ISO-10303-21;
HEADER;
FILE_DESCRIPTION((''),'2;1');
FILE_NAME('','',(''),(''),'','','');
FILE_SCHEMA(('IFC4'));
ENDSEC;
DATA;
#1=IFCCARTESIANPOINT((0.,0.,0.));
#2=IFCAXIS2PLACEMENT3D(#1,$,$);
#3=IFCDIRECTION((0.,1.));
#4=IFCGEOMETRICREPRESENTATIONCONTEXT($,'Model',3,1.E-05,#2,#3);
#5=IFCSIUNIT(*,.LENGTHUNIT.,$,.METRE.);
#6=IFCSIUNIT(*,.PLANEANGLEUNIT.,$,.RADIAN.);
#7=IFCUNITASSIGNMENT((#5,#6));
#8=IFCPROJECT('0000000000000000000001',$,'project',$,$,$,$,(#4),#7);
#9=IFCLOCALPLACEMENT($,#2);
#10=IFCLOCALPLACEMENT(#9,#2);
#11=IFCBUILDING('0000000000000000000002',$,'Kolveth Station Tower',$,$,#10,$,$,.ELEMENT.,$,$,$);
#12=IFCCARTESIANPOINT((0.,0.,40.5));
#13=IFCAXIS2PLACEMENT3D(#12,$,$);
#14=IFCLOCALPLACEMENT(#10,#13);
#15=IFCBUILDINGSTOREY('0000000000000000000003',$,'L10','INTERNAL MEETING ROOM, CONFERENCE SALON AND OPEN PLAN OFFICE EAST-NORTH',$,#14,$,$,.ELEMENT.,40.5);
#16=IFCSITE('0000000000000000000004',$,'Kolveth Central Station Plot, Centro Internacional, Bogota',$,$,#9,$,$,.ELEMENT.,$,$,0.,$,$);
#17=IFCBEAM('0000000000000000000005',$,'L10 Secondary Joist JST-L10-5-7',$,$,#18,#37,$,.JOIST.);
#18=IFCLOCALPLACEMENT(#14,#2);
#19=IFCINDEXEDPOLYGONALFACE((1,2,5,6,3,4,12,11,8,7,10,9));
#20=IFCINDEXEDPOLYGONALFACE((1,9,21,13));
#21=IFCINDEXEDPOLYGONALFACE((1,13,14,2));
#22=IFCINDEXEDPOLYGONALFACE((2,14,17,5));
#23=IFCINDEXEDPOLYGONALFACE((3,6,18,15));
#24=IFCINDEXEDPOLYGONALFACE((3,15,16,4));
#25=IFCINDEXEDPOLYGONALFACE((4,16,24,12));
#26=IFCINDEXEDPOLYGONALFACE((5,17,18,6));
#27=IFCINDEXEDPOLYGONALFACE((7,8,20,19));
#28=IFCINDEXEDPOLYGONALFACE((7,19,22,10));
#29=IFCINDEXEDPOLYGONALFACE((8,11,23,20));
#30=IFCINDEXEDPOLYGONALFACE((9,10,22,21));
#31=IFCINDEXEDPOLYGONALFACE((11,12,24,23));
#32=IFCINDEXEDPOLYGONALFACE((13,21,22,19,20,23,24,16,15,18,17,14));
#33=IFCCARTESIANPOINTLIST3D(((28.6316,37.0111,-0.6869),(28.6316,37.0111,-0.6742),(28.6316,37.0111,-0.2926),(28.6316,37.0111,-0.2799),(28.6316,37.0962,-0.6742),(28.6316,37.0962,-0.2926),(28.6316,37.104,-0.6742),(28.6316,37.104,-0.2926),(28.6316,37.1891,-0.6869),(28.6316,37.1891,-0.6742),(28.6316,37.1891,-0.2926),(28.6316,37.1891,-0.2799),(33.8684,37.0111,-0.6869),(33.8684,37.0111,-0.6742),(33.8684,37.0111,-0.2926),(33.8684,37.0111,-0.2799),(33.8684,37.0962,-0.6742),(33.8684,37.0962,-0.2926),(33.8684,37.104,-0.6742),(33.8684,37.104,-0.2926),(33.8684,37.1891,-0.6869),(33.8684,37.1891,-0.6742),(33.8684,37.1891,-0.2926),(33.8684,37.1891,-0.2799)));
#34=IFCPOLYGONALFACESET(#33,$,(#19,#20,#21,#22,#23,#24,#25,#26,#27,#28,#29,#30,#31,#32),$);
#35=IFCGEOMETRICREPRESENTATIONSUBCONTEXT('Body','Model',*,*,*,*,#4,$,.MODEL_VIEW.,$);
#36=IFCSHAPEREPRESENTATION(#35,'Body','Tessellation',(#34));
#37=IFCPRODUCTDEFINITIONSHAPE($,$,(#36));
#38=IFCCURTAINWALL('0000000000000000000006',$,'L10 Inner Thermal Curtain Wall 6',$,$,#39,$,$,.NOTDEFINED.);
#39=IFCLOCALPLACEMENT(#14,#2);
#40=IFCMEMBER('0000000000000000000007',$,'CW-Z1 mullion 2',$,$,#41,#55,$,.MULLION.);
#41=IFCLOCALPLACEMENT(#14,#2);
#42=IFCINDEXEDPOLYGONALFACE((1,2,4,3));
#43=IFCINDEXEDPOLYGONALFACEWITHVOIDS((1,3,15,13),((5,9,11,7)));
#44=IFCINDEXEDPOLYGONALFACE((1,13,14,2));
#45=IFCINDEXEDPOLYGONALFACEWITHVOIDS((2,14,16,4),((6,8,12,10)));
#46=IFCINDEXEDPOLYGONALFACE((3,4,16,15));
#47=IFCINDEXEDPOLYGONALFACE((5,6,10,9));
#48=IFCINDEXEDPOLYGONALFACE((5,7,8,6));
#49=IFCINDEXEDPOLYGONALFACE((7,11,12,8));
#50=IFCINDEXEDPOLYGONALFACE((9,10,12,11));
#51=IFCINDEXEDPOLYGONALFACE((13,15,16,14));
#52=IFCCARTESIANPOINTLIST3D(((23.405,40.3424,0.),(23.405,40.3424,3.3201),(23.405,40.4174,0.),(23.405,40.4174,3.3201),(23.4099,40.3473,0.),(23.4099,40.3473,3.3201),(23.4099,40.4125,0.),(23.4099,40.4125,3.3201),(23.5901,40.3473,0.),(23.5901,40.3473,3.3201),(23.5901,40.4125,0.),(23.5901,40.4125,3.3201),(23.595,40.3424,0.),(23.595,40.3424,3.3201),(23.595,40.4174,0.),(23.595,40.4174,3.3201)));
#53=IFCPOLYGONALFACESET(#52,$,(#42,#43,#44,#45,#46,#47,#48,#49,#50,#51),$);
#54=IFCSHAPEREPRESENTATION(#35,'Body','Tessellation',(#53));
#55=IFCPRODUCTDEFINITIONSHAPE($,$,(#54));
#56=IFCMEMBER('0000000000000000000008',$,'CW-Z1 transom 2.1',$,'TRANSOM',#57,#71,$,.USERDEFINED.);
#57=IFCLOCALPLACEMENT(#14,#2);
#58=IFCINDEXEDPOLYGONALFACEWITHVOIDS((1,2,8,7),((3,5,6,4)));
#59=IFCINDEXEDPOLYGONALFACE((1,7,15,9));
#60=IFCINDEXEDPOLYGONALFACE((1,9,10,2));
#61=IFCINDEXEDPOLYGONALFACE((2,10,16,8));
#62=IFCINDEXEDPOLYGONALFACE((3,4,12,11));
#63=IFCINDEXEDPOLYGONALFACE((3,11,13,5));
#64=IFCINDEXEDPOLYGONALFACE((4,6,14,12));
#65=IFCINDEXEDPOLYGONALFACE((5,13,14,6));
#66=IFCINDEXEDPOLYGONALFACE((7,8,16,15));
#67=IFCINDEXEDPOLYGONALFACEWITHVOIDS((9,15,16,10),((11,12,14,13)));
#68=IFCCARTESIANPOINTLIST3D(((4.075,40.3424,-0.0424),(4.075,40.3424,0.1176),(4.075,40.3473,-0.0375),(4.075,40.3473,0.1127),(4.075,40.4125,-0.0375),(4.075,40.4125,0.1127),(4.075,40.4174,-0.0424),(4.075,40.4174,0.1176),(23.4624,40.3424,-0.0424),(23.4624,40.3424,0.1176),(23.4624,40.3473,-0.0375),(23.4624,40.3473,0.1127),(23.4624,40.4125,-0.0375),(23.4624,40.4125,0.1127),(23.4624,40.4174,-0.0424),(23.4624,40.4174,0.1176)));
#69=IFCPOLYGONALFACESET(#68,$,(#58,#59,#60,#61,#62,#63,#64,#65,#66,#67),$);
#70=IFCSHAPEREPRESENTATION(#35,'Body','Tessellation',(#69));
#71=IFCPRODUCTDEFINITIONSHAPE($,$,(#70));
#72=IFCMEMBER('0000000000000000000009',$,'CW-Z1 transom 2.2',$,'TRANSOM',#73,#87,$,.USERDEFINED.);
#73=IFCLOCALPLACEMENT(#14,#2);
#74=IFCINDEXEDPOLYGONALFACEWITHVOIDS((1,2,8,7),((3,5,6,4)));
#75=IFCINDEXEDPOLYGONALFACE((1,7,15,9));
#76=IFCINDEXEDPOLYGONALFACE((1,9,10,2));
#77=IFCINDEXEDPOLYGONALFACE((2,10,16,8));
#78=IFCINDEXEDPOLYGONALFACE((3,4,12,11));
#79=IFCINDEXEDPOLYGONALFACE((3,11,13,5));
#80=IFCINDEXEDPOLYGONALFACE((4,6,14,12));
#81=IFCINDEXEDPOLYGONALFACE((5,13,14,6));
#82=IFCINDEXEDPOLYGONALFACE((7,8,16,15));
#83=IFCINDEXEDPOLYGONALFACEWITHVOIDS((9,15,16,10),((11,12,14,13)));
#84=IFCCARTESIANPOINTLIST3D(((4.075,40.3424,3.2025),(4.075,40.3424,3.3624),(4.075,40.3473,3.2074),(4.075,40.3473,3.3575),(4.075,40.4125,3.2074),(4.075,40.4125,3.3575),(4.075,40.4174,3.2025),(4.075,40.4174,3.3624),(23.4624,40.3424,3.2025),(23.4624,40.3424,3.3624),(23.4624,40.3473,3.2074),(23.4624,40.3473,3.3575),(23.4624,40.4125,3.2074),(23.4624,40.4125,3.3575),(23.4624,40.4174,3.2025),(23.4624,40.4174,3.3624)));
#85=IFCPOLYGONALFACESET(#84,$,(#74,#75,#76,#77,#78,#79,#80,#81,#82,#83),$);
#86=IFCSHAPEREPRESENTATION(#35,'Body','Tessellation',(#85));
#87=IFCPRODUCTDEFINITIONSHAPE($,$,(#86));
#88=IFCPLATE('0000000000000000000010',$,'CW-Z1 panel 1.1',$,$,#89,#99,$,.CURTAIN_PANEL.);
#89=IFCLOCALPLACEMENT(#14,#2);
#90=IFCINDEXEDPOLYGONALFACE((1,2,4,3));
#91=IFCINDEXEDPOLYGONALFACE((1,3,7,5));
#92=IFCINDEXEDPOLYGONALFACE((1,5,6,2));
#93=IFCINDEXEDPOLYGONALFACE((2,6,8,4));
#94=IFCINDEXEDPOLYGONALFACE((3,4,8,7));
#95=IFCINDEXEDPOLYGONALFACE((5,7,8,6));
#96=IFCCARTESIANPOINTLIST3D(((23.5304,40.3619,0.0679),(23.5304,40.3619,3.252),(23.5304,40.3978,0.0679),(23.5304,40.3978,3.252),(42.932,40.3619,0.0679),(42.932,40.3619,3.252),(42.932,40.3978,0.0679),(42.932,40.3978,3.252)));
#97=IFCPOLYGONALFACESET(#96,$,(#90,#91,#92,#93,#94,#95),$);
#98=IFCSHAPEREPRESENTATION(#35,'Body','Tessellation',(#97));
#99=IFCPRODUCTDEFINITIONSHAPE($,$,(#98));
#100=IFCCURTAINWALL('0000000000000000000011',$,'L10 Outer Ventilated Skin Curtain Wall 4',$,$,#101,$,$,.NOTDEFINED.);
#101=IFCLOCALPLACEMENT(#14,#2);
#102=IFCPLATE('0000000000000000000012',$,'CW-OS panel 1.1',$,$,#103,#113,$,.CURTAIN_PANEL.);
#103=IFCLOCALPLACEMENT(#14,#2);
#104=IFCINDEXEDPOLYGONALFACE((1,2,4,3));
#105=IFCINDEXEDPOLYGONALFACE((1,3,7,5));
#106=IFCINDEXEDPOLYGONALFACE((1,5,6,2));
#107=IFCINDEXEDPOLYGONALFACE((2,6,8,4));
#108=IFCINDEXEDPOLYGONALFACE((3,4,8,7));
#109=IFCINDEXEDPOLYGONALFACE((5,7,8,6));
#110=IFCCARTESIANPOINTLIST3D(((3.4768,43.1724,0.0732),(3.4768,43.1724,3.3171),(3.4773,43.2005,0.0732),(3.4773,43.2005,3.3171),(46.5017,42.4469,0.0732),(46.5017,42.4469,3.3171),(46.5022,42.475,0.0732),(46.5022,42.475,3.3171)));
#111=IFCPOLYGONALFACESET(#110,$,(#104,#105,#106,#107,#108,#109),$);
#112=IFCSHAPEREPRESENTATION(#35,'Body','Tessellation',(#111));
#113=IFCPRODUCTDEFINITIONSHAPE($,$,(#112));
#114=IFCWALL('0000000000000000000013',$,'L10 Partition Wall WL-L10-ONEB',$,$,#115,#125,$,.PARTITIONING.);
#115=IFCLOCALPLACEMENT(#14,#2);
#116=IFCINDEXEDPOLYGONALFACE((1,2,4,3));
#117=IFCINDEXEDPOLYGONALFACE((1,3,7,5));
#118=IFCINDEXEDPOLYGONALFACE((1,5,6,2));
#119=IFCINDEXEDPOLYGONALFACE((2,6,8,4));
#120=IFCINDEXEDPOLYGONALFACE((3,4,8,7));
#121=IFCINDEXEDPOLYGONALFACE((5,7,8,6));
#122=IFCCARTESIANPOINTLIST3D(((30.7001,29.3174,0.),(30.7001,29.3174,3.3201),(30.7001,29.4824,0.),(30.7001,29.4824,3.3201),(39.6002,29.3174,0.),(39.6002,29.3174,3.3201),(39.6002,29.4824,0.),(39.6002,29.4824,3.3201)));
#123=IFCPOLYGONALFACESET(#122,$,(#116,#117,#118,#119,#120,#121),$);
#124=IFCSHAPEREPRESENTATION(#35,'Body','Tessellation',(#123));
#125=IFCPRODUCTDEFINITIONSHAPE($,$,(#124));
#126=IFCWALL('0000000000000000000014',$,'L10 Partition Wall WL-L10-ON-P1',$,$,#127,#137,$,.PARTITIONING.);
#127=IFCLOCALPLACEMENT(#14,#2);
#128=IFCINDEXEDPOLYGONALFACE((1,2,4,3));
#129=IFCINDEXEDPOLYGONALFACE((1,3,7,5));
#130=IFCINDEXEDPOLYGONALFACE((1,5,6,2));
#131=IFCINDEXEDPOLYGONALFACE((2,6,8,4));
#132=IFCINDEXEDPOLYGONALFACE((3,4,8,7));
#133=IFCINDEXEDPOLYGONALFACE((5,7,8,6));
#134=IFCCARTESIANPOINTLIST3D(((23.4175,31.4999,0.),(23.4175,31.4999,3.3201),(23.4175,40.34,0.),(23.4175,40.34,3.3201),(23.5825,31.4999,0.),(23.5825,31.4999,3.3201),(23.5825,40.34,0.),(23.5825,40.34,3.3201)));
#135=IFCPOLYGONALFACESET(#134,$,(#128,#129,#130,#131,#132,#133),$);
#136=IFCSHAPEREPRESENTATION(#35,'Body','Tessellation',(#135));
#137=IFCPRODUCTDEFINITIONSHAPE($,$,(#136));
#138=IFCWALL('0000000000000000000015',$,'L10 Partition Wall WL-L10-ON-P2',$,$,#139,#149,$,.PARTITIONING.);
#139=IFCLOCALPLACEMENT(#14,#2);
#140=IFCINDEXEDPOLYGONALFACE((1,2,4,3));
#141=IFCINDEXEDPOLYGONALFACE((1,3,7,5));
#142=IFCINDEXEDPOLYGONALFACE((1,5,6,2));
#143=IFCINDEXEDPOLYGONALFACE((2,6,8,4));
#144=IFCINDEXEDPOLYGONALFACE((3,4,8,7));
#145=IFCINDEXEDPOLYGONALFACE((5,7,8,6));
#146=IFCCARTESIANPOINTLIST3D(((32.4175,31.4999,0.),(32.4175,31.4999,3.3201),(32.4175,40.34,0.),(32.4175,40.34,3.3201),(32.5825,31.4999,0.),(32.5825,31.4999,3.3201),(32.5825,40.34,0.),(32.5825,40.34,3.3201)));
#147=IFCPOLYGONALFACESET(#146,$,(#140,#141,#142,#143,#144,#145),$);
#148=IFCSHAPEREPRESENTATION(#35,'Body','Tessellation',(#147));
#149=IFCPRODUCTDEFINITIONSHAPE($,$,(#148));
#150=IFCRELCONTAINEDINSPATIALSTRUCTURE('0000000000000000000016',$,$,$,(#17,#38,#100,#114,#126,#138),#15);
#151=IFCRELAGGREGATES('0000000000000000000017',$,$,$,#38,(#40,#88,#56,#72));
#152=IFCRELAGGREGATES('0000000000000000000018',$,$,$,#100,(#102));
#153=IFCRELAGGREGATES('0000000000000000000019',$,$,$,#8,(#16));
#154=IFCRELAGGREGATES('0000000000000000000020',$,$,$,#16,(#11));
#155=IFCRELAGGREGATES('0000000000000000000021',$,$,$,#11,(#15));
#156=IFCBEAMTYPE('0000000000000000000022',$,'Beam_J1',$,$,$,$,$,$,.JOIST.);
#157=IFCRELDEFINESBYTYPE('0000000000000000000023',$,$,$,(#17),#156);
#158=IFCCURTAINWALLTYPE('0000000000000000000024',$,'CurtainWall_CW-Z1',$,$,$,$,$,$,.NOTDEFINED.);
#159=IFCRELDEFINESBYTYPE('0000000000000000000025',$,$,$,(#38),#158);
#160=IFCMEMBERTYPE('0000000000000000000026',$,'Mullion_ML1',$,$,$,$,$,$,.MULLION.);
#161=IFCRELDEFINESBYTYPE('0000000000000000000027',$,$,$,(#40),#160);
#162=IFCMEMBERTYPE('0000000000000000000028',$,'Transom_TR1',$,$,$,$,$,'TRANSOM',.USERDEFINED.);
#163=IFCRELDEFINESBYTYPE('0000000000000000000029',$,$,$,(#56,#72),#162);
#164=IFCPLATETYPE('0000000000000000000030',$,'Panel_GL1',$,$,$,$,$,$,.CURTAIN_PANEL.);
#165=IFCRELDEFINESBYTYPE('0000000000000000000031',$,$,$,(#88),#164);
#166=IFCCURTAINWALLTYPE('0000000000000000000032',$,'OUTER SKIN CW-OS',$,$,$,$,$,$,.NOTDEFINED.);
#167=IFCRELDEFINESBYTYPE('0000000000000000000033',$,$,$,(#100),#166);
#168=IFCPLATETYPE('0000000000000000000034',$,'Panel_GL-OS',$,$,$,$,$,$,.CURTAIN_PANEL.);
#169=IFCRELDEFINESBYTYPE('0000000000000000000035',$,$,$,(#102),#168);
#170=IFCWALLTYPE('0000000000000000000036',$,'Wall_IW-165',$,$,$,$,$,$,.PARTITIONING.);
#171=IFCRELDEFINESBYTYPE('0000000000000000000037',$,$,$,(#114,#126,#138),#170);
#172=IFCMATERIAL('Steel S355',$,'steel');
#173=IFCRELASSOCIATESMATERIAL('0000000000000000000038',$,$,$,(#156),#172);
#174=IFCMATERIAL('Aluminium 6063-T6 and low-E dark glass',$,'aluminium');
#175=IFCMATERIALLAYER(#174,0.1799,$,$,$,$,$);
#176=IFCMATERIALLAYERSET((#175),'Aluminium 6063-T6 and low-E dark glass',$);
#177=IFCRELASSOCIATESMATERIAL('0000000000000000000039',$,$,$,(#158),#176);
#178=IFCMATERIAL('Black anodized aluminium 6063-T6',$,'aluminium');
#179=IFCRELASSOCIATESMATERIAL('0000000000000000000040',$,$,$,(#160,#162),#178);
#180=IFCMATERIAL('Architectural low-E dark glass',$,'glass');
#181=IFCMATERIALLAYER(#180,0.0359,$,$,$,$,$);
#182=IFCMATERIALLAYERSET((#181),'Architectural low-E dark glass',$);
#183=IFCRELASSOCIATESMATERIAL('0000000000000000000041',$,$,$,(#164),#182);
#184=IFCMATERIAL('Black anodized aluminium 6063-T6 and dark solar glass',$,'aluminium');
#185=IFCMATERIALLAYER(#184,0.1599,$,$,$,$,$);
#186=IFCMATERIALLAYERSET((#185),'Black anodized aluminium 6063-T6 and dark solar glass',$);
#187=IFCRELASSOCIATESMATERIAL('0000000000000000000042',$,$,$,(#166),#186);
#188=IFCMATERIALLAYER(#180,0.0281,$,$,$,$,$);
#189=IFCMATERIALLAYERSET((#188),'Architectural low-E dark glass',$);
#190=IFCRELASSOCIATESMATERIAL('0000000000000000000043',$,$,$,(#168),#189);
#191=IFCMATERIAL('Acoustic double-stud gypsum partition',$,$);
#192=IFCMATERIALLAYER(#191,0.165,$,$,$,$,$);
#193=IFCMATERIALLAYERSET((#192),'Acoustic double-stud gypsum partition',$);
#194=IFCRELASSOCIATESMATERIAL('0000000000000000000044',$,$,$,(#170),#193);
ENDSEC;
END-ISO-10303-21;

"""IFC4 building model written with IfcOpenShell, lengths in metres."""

from ifc_helpers import new_model, si_unit, direction, frame, frame_2d, origin, origin_2d, place, context, subcontext, project, spatial, rectangle, hollow_rectangle, i_section, extrude, source, transform, mapped, material, layer, layer_set, material_profile, profile_set, type_object, element, aggregate, save


model = new_model("IFC4")

# Units and contexts
model_context = context("Model", 3, precision=1e-05, world=origin(), true_north=direction((0.0, 1.0)))
body_context = subcontext(model_context, "Body", "Model", "MODEL_VIEW")
ifc_project = project(units=[si_unit("LENGTHUNIT", "METRE"), si_unit("PLANEANGLEUNIT", "RADIAN")], contexts=[model_context])

# Site, building, storey
site_placement = place(None, origin())
site = spatial("IfcSite", under=ifc_project, at=site_placement, Name="Kolveth Central Station Plot, Centro Internacional, Bogota", CompositionType="ELEMENT", RefElevation=0.0)
building_placement = place(site_placement, origin())
building = spatial("IfcBuilding", under=site, at=building_placement, Name="Kolveth Station Tower", CompositionType="ELEMENT")
storey_placement = place(building_placement, frame((0.0, 0.0, 40.5)))
storey = spatial("IfcBuildingStorey", under=building, at=storey_placement, Name="L10", Description="INTERNAL MEETING ROOM, CONFERENCE SALON AND OPEN PLAN OFFICE EAST-NORTH", CompositionType="ELEMENT", Elevation=40.5)

# Shared definitions
ifc_material_1 = material(Name="Steel S355", Category="steel")

# Beam
ifc_material_profile_1 = material_profile(ifc_material_1, i_section(OverallWidth=0.178, OverallDepth=0.407, WebThickness=0.0078, FlangeThickness=0.0127, at=origin_2d()), Name="W410x60")
ifc_profile_set_1 = profile_set([ifc_material_profile_1], Name="Steel S355")
beam_type_1 = type_object("IfcBeamType", Name="Beam_J1", PredefinedType="JOIST", material=ifc_profile_set_1)
shared_shape_1 = source(origin(), body_context, "Body", "SweptSolid", [
    extrude(i_section(OverallWidth=0.178, OverallDepth=0.407, WebThickness=0.0078, FlangeThickness=0.0127, at=origin_2d()), origin(), (0.0, 0.0, 1.0), 5.2368),
])
for number, where, z_axis, x_axis, name in (
    (1, (28.6316, 37.1001, -0.4834), (1.0, 0.0, 0.0), (0.0, 1.0, 0.0), "L10 Secondary Joist JST-L10-5-7"),
):
    element("IfcBeam", number, at=place(storey_placement, frame(where, z_axis=z_axis, x_axis=x_axis)), inside=storey, type_object=beam_type_1, Name=name, PredefinedType="JOIST", context=body_context, shape_type="MappedRepresentation", body=[
        mapped(shared_shape_1, transform((0.0, 0.0, 0.0), x_axis=(1.0, 0.0, 0.0), y_axis=(0.0, 1.0, 0.0), z_axis=(0.0, 0.0, 1.0), scale=1.0)),
    ])

# Curtain wall, members, plate
ifc_material_2 = material(Name="Aluminium 6063-T6 and low-E dark glass", Category="aluminium")
ifc_layer_1 = layer(ifc_material_2, 0.1799)
ifc_layer_set_1 = layer_set([ifc_layer_1], Name="Aluminium 6063-T6 and low-E dark glass")
curtain_wall_type_1 = type_object("IfcCurtainWallType", Name="CurtainWall_CW-Z1", PredefinedType="NOTDEFINED", material=ifc_layer_set_1)
curtain_wall_1_placement = place(storey_placement, origin())
curtain_wall_1 = element("IfcCurtainWall", 2, at=curtain_wall_1_placement, inside=storey, type_object=curtain_wall_type_1, Name="L10 Inner Thermal Curtain Wall 6", PredefinedType="NOTDEFINED")
ifc_material_3 = material(Name="Black anodized aluminium 6063-T6", Category="aluminium")
ifc_material_profile_2 = material_profile(ifc_material_3, hollow_rectangle(XDim=0.075, YDim=0.1899, WallThickness=0.0049, at=origin_2d()), Name="ALU-75x190x5")
ifc_profile_set_2 = profile_set([ifc_material_profile_2], Name="Black anodized aluminium 6063-T6")
member_type_1 = type_object("IfcMemberType", Name="Mullion_ML1", PredefinedType="MULLION", material=ifc_profile_set_2)
shared_shape_2 = source(origin(), body_context, "Body", "SweptSolid", [
    extrude(hollow_rectangle(XDim=0.075, YDim=0.1899, WallThickness=0.0049, at=origin_2d()), origin(), (0.0, 0.0, 1.0), 3.3201),
])
member_1_placement = place(storey_placement, frame((23.5, 40.3799, 0.0), z_axis=(0.0, 0.0, 1.0), x_axis=(0.0, -1.0, 0.0)))
member_1 = element("IfcMember", 3, at=member_1_placement, type_object=member_type_1, Name="CW-Z1 mullion 2", PredefinedType="MULLION", context=body_context, shape_type="MappedRepresentation", body=[
    mapped(shared_shape_2, transform((0.0, 0.0, 0.0), x_axis=(1.0, 0.0, 0.0), y_axis=(0.0, 1.0, 0.0), z_axis=(0.0, 0.0, 1.0), scale=1.0)),
])
ifc_material_profile_3 = material_profile(ifc_material_3, hollow_rectangle(XDim=0.075, YDim=0.1599, WallThickness=0.0049, at=origin_2d()), Name="ALU-75x160x5")
ifc_profile_set_3 = profile_set([ifc_material_profile_3], Name="Black anodized aluminium 6063-T6")
member_type_2 = type_object("IfcMemberType", Name="Transom_TR1", ElementType="TRANSOM", PredefinedType="USERDEFINED", material=ifc_profile_set_3)
shared_shape_3 = source(origin(), body_context, "Body", "SweptSolid", [
    extrude(hollow_rectangle(XDim=0.075, YDim=0.1599, WallThickness=0.0049, at=origin_2d()), origin(), (0.0, 0.0, 1.0), 19.3875),
])
member_2_placement = place(storey_placement, frame((23.4624, 40.3799, 0.0376), z_axis=(-1.0, 0.0, 0.0), x_axis=(0.0, -1.0, 0.0)))
member_2 = element("IfcMember", 4, at=member_2_placement, type_object=member_type_2, Name="CW-Z1 transom 2.1", ObjectType="TRANSOM", PredefinedType="USERDEFINED", context=body_context, shape_type="MappedRepresentation", body=[
    mapped(shared_shape_3, transform((0.0, 0.0, 0.0), x_axis=(1.0, 0.0, 0.0), y_axis=(0.0, 1.0, 0.0), z_axis=(0.0, 0.0, 1.0), scale=1.0)),
])
member_3_placement = place(storey_placement, frame((23.4624, 40.3799, 3.2825), z_axis=(-1.0, 0.0, 0.0), x_axis=(0.0, -1.0, 0.0)))
member_3 = element("IfcMember", 5, at=member_3_placement, type_object=member_type_2, Name="CW-Z1 transom 2.2", ObjectType="TRANSOM", PredefinedType="USERDEFINED", context=body_context, shape_type="MappedRepresentation", body=[
    mapped(shared_shape_3, transform((0.0, 0.0, 0.0), x_axis=(1.0, 0.0, 0.0), y_axis=(0.0, 1.0, 0.0), z_axis=(0.0, 0.0, 1.0), scale=1.0)),
])
ifc_material_4 = material(Name="Architectural low-E dark glass", Category="glass")
ifc_layer_2 = layer(ifc_material_4, 0.0359)
ifc_layer_set_2 = layer_set([ifc_layer_2], Name="Architectural low-E dark glass")
plate_type_1 = type_object("IfcPlateType", Name="Panel_GL1", PredefinedType="CURTAIN_PANEL", material=ifc_layer_set_2)
shared_shape_4 = source(origin(), body_context, "Body", "SweptSolid", [
    extrude(rectangle(XDim=19.4016, YDim=0.0359, at=origin_2d()), origin(), (0.0, 0.0, 1.0), 3.1841),
])
plate_1_placement = place(storey_placement, frame((33.2312, 40.3799, 0.0679), z_axis=(0.0, 0.0, 1.0), x_axis=(-1.0, 0.0, 0.0)))
plate_1 = element("IfcPlate", 6, at=plate_1_placement, type_object=plate_type_1, Name="CW-Z1 panel 1.1", PredefinedType="CURTAIN_PANEL", context=body_context, shape_type="MappedRepresentation", body=[
    mapped(shared_shape_4, transform((0.0, 0.0, 0.0), x_axis=(1.0, 0.0, 0.0), y_axis=(0.0, 1.0, 0.0), z_axis=(0.0, 0.0, 1.0), scale=1.0)),
])
aggregate(curtain_wall_1, [member_1, plate_1, member_2, member_3])

# Curtain wall, plate
ifc_material_5 = material(Name="Black anodized aluminium 6063-T6 and dark solar glass", Category="aluminium")
ifc_layer_3 = layer(ifc_material_5, 0.1599)
ifc_layer_set_3 = layer_set([ifc_layer_3], Name="Black anodized aluminium 6063-T6 and dark solar glass")
curtain_wall_type_2 = type_object("IfcCurtainWallType", Name="OUTER SKIN CW-OS", PredefinedType="NOTDEFINED", material=ifc_layer_set_3)
curtain_wall_2_placement = place(storey_placement, origin())
curtain_wall_2 = element("IfcCurtainWall", 7, at=curtain_wall_2_placement, inside=storey, type_object=curtain_wall_type_2, Name="L10 Outer Ventilated Skin Curtain Wall 4", PredefinedType="NOTDEFINED")
ifc_layer_4 = layer(ifc_material_4, 0.0281)
ifc_layer_set_4 = layer_set([ifc_layer_4], Name="Architectural low-E dark glass")
plate_type_2 = type_object("IfcPlateType", Name="Panel_GL-OS", PredefinedType="CURTAIN_PANEL", material=ifc_layer_set_4)
shared_shape_5 = source(origin(), body_context, "Body", "SweptSolid", [
    extrude(rectangle(XDim=43.031, YDim=0.0281, at=origin_2d()), origin(), (0.0, 0.0, 1.0), 3.2439),
])
plate_2_placement = place(storey_placement, frame((24.9895, 42.8237, 0.0732), z_axis=(0.0, 0.0, 1.0), x_axis=(-0.999858, 0.01686, 0.0)))
plate_2 = element("IfcPlate", 8, at=plate_2_placement, type_object=plate_type_2, Name="CW-OS panel 1.1", PredefinedType="CURTAIN_PANEL", context=body_context, shape_type="MappedRepresentation", body=[
    mapped(shared_shape_5, transform((0.0, 0.0, 0.0), x_axis=(1.0, 0.0, 0.0), y_axis=(0.0, 1.0, 0.0), z_axis=(0.0, 0.0, 1.0), scale=1.0)),
])
aggregate(curtain_wall_2, [plate_2])

# Walls
ifc_material_6 = material(Name="Acoustic double-stud gypsum partition")
ifc_layer_5 = layer(ifc_material_6, 0.165)
ifc_layer_set_5 = layer_set([ifc_layer_5], Name="Acoustic double-stud gypsum partition")
wall_type = type_object("IfcWallType", Name="Wall_IW-165", PredefinedType="PARTITIONING", material=ifc_layer_set_5)
wall_placement = place(storey_placement, frame((30.7, 29.3999, 0.0), z_axis=(0.0, 0.0, 1.0), x_axis=(1.0, 0.0, 0.0)))
element("IfcWall", 9, at=wall_placement, inside=storey, type_object=wall_type, Name="L10 Partition Wall WL-L10-ONEB", PredefinedType="PARTITIONING", context=body_context, shape_type="SweptSolid", body=[
    extrude(rectangle(XDim=8.9001, YDim=0.165, at=frame_2d((4.4502, 0.0))), origin(), (0.0, 0.0, 1.0), 3.3201),
])
for number, where, z_axis, x_axis, name in (
    (10, (23.5, 31.5, 0.0), (0.0, 0.0, 1.0), (0.0, 1.0, 0.0), "L10 Partition Wall WL-L10-ON-P1"),
    (11, (32.5, 31.5, 0.0), (0.0, 0.0, 1.0), (0.0, 1.0, 0.0), "L10 Partition Wall WL-L10-ON-P2"),
):
    element("IfcWall", number, at=place(storey_placement, frame(where, z_axis=z_axis, x_axis=x_axis)), inside=storey, type_object=wall_type, Name=name, PredefinedType="PARTITIONING", context=body_context, shape_type="SweptSolid", body=[
        extrude(rectangle(XDim=8.8401, YDim=0.165, at=frame_2d((4.4199, 0.0))), origin(), (0.0, 0.0, 1.0), 3.3201),
    ])

save(model, "model.ifc")
